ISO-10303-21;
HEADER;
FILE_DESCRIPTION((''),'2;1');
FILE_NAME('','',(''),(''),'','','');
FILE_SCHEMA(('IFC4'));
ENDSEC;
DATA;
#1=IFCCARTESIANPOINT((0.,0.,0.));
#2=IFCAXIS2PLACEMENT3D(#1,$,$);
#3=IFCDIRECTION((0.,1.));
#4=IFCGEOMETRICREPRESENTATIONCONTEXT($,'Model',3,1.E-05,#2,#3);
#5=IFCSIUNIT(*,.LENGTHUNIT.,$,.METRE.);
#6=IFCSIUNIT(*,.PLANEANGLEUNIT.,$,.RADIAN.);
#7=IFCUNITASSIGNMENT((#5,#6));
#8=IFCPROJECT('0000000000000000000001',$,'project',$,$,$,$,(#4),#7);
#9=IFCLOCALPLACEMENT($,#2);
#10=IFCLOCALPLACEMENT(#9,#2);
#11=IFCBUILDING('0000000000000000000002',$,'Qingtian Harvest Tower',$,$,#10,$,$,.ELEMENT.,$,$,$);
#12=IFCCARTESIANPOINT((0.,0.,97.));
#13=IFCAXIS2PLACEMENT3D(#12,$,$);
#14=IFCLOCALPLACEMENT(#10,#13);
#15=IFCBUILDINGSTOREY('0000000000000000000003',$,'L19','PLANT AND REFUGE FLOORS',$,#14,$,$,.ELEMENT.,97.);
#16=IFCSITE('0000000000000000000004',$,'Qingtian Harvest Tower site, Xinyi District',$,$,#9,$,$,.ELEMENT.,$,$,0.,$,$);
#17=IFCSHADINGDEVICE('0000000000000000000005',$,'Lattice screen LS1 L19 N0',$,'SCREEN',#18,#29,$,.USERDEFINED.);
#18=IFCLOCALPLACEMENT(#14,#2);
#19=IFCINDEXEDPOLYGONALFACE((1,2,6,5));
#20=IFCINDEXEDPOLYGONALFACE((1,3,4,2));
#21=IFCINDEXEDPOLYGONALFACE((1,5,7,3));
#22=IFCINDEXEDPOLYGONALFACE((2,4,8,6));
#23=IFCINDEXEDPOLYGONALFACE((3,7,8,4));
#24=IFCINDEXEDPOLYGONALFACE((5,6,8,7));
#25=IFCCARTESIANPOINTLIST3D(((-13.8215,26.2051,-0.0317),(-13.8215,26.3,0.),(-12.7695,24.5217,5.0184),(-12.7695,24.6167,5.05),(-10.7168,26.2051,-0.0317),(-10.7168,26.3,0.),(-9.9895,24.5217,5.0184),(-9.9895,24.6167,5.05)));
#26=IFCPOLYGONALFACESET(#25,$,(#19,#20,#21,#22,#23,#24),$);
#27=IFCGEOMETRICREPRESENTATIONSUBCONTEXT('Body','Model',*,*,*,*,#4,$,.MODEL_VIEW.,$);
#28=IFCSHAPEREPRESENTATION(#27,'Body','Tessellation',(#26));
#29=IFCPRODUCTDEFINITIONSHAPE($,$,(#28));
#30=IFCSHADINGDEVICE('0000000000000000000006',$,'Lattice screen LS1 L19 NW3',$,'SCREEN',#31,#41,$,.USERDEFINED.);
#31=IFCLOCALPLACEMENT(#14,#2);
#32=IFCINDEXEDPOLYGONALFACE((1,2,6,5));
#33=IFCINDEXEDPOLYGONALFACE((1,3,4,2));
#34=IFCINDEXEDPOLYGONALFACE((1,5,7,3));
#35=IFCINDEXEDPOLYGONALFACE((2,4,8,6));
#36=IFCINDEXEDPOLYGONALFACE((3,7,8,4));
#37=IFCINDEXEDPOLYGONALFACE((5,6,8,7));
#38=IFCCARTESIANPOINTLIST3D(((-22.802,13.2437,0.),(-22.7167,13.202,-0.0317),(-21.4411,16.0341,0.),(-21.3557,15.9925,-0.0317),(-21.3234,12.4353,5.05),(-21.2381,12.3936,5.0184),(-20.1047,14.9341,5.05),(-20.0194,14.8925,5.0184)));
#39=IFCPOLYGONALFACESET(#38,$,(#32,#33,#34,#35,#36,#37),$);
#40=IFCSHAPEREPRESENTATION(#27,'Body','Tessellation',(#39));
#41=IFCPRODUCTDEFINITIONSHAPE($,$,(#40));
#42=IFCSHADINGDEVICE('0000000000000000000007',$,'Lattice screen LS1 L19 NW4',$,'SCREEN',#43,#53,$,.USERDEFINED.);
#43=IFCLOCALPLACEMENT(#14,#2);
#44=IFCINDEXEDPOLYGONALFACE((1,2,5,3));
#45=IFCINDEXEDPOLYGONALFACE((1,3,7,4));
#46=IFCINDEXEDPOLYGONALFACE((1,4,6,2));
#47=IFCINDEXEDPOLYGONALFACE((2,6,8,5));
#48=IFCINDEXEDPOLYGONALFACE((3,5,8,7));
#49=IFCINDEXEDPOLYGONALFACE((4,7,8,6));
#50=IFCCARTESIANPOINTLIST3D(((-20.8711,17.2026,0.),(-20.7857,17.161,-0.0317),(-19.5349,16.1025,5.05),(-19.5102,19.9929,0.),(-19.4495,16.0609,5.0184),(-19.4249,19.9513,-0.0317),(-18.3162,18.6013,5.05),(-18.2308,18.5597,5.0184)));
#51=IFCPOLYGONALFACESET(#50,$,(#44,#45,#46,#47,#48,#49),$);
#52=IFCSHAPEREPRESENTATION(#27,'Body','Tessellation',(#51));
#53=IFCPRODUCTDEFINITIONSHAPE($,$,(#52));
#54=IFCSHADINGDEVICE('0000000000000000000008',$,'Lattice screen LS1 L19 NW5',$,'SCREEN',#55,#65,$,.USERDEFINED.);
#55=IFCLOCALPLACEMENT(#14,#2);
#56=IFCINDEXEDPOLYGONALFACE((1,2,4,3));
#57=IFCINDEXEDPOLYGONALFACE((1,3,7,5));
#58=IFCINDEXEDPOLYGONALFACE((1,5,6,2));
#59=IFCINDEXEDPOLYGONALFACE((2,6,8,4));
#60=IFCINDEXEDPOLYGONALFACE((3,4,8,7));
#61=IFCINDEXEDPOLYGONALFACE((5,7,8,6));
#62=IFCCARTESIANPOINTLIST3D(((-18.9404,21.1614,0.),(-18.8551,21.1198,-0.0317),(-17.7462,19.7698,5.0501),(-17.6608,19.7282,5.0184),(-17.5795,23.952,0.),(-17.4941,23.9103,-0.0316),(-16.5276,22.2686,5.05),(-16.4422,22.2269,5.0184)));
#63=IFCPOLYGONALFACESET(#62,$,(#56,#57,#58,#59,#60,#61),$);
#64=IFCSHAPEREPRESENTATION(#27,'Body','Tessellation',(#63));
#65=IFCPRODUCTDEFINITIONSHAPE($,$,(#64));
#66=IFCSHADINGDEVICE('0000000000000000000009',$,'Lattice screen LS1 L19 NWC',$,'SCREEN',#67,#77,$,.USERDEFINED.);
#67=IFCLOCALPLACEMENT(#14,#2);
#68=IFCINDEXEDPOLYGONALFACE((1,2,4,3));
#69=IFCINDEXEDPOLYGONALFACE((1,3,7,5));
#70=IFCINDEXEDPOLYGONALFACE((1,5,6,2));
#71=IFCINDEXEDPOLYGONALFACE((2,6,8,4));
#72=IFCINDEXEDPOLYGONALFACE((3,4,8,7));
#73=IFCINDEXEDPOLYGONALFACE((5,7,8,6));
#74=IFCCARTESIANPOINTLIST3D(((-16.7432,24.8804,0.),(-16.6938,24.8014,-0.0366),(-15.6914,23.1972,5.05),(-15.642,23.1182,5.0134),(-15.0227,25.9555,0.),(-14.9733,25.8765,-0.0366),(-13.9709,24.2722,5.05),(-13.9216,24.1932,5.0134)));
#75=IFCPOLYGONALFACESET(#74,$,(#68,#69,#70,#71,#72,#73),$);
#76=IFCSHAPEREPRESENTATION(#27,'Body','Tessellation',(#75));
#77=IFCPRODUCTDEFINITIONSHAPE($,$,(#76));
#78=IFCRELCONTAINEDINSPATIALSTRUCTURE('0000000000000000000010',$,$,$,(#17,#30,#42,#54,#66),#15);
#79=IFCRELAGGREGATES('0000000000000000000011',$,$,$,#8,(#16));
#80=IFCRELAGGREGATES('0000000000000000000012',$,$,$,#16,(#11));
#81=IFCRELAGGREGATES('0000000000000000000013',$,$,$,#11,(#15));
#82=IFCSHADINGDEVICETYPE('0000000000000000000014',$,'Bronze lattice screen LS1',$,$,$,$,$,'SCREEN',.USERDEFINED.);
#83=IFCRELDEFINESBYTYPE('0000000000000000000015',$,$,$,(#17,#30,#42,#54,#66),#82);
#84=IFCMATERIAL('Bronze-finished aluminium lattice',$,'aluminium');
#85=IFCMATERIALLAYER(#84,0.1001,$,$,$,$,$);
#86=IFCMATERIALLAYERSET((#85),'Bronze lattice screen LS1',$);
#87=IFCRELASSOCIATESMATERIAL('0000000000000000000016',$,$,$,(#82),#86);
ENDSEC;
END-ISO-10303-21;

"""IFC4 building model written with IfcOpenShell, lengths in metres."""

from ifc_helpers import new_model, si_unit, direction, frame, origin, place, context, subcontext, project, spatial, polyline, outline, extrude, material, layer, layer_set, type_object, element, save


model = new_model("IFC4")

# Units and contexts
model_context = context("Model", 3, precision=1e-05, world=origin(), true_north=direction((0.0, 1.0)))
body_context = subcontext(model_context, "Body", "Model", "MODEL_VIEW")
ifc_project = project(units=[si_unit("LENGTHUNIT", "METRE"), si_unit("PLANEANGLEUNIT", "RADIAN")], contexts=[model_context])

# Site, building, storey
site_placement = place(None, origin())
site = spatial("IfcSite", under=ifc_project, at=site_placement, Name="Qingtian Harvest Tower site, Xinyi District", CompositionType="ELEMENT", RefElevation=0.0)
building_placement = place(site_placement, origin())
building = spatial("IfcBuilding", under=site, at=building_placement, Name="Qingtian Harvest Tower", CompositionType="ELEMENT")
storey_placement = place(building_placement, frame((0.0, 0.0, 97.0)))
storey = spatial("IfcBuildingStorey", under=building, at=storey_placement, Name="L19", Description="PLANT AND REFUGE FLOORS", CompositionType="ELEMENT", Elevation=97.0)

# Shading devices
ifc_material_1 = material(Name="Bronze-finished aluminium lattice", Category="aluminium")
ifc_layer_1 = layer(ifc_material_1, 0.1001)
ifc_layer_set_1 = layer_set([ifc_layer_1], Name="Bronze lattice screen LS1")
shading_device_type = type_object("IfcShadingDeviceType", Name="Bronze lattice screen LS1", ElementType="SCREEN", PredefinedType="USERDEFINED", material=ifc_layer_set_1)
shading_device_1_placement = place(storey_placement, frame((-13.8215, 26.3, 0.0), z_axis=(0.0, 0.948683, 0.316228), x_axis=(1.0, 0.0, 0.0)))
element("IfcShadingDevice", 1, at=shading_device_1_placement, inside=storey, type_object=shading_device_type, Name="Lattice screen LS1 L19 N0", ObjectType="SCREEN", PredefinedType="USERDEFINED", context=body_context, shape_type="SweptSolid", body=[
    extrude(outline(polyline([(0.0, 0.0), (3.1047, 0.0), (3.832, -5.3232), (1.052, -5.3232), (0.0, 0.0)])), origin(), (0.0, 0.0, -1.0), 0.1001),
])
shading_device_2_placement = place(storey_placement, frame((-22.802, 13.2437, 0.0), z_axis=(-0.852683, 0.415853, 0.316223), x_axis=(0.438344, 0.898807, -0.000008)))
element("IfcShadingDevice", 2, at=shading_device_2_placement, inside=storey, type_object=shading_device_type, Name="Lattice screen LS1 L19 NW3", ObjectType="SCREEN", PredefinedType="USERDEFINED", context=body_context, shape_type="SweptSolid", body=[
    extrude(outline(polyline([(0.0, 0.0), (3.1047, 0.0), (2.7017, -5.3232), (-0.0785, -5.3232), (0.0, 0.0)])), origin(), (0.0, 0.0, -1.0), 0.1001),
])
shading_device_3_placement = place(storey_placement, frame((-20.8711, 17.2026, 0.0), z_axis=(-0.85268, 0.415871, 0.316209), x_axis=(0.438362, 0.898798, -0.000004)))
element("IfcShadingDevice", 3, at=shading_device_3_placement, inside=storey, type_object=shading_device_type, Name="Lattice screen LS1 L19 NW4", ObjectType="SCREEN", PredefinedType="USERDEFINED", context=body_context, shape_type="SweptSolid", body=[
    extrude(outline(polyline([(0.0, 0.0), (3.1044, 0.0), (2.3771, -5.3232), (-0.4031, -5.3232), (0.0, 0.0)])), origin(), (0.0, 0.0, -1.0), 0.1001),
])
shading_device_4_placement = place(storey_placement, frame((-18.9404, 21.1614, 0.0), z_axis=(-0.852682, 0.415852, 0.316228), x_axis=(0.438351, 0.898804, 0.000013)))
element("IfcShadingDevice", 4, at=shading_device_4_placement, inside=storey, type_object=shading_device_type, Name="Lattice screen LS1 L19 NW5", ObjectType="SCREEN", PredefinedType="USERDEFINED", context=body_context, shape_type="SweptSolid", body=[
    extrude(outline(polyline([(0.0, 0.0), (3.1048, 0.0), (2.0529, -5.3232), (-0.7272, -5.3233), (0.0, 0.0)])), origin(), (0.0, 0.0, -1.0), 0.1001),
])
shading_device_5_placement = place(storey_placement, frame((-16.7432, 24.8804, 0.0), z_axis=(-0.493198, 0.789274, 0.365789), x_axis=(0.848042, 0.529929, -0.000017)))
element("IfcShadingDevice", 5, at=shading_device_5_placement, inside=storey, type_object=shading_device_type, Name="Lattice screen LS1 L19 NWC", ObjectType="SCREEN", PredefinedType="USERDEFINED", context=body_context, shape_type="SweptSolid", body=[
    extrude(outline(polyline([(0.0, 0.0), (2.0288, 0.0), (2.0286, -5.4261), (-0.0001, -5.4261), (0.0, 0.0)])), origin(), (0.0, 0.0, -1.0), 0.1001),
])

save(model, "model.ifc")
